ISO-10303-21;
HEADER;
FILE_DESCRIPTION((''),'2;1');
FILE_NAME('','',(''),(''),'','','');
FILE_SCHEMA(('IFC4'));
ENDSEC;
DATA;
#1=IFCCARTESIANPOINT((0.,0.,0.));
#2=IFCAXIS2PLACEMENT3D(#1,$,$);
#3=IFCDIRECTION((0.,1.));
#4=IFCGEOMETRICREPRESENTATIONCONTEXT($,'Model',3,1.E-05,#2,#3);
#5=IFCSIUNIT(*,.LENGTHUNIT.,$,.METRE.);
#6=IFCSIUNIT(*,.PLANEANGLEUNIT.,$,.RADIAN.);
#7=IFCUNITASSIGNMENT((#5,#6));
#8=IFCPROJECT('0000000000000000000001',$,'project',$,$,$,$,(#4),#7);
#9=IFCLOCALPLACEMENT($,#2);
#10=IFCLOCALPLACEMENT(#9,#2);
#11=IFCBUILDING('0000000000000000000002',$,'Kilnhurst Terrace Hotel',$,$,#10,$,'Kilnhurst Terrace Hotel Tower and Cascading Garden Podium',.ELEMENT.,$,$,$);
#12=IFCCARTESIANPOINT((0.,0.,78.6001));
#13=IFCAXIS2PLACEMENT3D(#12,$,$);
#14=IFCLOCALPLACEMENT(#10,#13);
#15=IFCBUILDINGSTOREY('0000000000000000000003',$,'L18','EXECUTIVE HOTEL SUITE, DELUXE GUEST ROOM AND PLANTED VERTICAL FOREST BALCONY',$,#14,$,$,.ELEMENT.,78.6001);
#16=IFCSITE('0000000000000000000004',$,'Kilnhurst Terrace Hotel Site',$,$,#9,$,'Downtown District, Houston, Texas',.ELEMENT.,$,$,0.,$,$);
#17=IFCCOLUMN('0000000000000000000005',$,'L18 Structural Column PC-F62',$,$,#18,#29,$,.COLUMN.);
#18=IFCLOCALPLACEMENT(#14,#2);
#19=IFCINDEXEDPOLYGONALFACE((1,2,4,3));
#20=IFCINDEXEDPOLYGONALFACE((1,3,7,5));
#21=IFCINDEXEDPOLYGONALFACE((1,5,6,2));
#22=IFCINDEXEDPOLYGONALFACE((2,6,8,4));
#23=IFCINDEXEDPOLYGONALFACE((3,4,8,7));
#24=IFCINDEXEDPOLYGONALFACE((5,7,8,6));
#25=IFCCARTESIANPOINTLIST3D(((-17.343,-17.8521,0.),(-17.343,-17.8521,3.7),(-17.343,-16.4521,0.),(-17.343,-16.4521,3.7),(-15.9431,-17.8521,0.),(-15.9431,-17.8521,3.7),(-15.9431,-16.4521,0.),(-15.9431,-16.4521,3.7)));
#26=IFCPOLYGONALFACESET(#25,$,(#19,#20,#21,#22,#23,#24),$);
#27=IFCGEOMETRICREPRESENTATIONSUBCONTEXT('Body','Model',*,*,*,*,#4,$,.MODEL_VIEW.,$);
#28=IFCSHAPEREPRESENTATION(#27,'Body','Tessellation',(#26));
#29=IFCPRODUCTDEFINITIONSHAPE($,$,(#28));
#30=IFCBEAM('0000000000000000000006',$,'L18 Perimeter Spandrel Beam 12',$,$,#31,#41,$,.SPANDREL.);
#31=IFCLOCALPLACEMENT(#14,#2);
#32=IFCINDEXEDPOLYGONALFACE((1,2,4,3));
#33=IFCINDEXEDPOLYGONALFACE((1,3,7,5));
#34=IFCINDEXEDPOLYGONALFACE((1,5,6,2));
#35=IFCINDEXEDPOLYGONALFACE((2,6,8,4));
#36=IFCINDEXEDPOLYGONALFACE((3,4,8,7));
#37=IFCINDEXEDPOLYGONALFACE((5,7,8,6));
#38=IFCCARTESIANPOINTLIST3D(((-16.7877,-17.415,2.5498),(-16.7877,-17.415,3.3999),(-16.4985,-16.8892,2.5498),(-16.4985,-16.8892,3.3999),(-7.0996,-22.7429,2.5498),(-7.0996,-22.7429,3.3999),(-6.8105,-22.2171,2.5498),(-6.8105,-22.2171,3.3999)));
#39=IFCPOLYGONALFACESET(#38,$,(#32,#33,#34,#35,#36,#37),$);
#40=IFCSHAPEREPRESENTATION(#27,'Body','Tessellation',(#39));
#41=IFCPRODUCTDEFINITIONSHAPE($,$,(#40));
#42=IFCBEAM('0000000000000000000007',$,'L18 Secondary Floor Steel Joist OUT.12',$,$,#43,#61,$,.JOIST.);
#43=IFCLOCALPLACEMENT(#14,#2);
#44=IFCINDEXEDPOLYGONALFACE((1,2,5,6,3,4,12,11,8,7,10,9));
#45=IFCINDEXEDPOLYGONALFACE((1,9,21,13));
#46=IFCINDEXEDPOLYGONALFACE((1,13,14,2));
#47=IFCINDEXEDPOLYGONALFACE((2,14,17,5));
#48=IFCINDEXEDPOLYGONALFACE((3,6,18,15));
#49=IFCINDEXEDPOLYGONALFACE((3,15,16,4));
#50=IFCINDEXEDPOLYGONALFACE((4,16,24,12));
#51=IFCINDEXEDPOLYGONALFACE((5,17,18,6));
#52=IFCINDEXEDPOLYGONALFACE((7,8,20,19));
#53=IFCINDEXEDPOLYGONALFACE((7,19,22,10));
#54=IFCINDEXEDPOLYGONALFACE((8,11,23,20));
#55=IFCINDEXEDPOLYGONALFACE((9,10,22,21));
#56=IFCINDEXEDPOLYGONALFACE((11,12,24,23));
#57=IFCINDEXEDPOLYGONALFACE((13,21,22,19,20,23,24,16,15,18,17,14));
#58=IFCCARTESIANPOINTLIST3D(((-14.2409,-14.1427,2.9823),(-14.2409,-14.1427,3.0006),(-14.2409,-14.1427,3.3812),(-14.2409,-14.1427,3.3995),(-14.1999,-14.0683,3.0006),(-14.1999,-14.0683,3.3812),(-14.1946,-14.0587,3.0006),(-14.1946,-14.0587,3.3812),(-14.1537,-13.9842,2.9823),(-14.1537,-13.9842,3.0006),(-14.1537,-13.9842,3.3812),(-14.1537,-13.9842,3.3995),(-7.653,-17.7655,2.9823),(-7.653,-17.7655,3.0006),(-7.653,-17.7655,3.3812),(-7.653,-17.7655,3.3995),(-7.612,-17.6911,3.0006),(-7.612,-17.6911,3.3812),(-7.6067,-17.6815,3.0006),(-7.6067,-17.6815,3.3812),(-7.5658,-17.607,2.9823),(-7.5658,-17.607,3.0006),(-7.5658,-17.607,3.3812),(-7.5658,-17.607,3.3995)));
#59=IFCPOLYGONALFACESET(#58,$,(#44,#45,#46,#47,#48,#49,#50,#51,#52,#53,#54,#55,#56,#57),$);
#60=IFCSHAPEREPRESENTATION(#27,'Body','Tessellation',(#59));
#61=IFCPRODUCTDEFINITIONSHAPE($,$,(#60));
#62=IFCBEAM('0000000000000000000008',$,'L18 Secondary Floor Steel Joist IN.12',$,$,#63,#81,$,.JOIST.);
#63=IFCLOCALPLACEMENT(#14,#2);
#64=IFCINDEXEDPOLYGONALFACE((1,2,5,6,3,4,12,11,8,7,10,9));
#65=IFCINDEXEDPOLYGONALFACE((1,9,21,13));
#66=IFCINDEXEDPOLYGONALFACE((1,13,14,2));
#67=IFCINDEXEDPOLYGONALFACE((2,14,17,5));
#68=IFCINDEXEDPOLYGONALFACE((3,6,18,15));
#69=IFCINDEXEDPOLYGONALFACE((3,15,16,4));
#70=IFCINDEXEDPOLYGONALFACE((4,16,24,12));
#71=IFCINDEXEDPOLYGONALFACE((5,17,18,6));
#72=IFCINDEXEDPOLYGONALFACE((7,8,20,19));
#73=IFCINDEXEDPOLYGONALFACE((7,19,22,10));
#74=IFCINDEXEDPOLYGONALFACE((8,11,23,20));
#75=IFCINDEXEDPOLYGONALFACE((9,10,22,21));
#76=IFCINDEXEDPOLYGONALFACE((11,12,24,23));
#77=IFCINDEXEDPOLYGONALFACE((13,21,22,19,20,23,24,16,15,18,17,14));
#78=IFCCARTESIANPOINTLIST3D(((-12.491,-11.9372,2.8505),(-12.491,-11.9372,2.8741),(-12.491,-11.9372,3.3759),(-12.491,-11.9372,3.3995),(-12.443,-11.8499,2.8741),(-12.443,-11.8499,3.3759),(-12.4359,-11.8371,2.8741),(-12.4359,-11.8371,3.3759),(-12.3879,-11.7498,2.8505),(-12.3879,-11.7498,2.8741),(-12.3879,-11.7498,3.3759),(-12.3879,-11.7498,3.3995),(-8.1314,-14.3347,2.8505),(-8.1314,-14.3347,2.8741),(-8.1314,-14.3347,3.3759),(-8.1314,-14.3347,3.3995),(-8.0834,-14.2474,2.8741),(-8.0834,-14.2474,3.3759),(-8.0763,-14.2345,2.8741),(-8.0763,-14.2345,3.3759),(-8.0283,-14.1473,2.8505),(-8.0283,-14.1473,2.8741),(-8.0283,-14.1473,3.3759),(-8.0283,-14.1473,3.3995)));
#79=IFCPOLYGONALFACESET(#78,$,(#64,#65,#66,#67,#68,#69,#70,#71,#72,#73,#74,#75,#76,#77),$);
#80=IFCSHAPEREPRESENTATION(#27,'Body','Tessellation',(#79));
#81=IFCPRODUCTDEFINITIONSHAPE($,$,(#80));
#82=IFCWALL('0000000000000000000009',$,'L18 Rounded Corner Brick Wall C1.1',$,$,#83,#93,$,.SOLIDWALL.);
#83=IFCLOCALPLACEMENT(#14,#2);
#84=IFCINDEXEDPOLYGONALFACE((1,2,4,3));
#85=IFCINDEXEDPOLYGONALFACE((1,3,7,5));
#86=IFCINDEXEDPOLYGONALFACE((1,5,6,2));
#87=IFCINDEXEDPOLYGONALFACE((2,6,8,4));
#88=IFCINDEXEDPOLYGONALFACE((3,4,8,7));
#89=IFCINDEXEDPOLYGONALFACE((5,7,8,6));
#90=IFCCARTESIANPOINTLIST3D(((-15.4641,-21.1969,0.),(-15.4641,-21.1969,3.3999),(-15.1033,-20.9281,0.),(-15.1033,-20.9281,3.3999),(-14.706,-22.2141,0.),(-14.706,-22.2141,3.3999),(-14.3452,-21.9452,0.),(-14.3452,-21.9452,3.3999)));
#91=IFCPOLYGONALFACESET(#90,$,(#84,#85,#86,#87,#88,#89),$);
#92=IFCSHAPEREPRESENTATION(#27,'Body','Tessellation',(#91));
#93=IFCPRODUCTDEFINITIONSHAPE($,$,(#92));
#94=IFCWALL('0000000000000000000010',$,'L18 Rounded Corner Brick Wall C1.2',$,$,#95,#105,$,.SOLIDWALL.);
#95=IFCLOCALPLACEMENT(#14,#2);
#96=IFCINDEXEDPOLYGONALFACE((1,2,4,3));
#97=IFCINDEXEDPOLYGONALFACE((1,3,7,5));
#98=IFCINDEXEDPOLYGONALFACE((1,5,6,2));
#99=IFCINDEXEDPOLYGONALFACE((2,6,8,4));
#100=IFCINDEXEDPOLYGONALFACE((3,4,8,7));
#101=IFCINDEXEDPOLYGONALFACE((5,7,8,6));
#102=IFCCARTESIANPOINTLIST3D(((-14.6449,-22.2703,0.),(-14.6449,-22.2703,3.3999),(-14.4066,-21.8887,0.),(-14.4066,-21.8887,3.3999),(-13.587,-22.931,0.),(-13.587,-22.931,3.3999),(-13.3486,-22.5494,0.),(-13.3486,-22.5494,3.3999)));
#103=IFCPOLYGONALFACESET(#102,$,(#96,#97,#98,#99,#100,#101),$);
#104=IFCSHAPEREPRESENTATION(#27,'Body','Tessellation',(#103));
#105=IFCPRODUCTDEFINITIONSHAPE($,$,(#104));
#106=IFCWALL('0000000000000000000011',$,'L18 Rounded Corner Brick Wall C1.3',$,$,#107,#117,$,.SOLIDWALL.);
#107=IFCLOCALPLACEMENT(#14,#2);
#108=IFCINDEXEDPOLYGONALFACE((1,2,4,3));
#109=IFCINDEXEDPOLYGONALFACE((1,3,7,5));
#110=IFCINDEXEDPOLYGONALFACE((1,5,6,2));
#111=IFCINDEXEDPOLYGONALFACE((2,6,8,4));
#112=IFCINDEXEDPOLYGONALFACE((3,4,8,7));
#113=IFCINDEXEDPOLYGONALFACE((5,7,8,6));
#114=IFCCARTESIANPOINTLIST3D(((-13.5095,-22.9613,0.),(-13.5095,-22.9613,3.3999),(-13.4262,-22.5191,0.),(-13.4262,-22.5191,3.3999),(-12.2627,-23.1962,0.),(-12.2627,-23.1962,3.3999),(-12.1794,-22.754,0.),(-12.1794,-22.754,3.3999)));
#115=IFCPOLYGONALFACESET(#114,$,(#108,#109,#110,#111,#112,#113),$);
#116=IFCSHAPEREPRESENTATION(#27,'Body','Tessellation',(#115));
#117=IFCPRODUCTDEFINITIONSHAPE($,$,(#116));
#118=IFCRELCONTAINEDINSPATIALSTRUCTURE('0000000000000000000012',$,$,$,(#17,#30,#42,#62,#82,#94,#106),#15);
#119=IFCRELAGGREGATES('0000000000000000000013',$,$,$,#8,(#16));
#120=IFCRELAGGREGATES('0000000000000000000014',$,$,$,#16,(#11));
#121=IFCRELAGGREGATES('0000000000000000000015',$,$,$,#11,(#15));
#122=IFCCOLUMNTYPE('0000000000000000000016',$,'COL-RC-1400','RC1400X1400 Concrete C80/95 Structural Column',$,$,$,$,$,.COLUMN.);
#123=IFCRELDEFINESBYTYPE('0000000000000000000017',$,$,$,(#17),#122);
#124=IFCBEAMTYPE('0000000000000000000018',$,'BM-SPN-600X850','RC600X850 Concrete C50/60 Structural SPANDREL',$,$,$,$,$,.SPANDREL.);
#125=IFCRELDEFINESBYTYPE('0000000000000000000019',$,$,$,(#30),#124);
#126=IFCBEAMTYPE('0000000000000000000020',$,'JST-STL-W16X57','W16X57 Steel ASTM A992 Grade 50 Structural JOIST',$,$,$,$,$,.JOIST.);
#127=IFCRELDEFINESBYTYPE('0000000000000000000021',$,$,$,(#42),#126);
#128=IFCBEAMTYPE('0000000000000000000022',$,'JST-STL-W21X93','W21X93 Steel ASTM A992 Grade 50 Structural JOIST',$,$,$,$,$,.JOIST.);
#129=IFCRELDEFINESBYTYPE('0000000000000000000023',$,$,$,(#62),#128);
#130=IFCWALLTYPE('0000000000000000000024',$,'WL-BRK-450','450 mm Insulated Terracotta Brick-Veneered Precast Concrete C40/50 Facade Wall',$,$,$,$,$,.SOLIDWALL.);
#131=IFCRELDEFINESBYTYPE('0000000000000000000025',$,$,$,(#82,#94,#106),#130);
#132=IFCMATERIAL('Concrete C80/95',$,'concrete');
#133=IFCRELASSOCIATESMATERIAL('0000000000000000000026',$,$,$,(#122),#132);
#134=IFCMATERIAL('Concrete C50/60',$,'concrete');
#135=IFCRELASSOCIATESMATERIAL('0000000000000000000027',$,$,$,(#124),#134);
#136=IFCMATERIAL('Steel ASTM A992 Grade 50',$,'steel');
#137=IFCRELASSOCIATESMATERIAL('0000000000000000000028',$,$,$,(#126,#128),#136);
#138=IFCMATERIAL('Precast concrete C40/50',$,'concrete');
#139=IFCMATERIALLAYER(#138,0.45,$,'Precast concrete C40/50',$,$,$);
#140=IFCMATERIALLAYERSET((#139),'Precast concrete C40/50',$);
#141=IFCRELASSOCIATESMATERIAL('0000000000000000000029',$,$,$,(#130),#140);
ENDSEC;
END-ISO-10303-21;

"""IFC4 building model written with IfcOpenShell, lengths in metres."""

from ifc_helpers import new_model, si_unit, direction, frame, frame_2d, origin, origin_2d, place, context, subcontext, project, spatial, rectangle, i_section, extrude, material, layer, layer_set, material_profile, profile_set, type_object, element, save


model = new_model("IFC4")

# Units and contexts
model_context = context("Model", 3, precision=1e-05, world=origin(), true_north=direction((0.0, 1.0)))
body_context = subcontext(model_context, "Body", "Model", "MODEL_VIEW")
ifc_project = project(units=[si_unit("LENGTHUNIT", "METRE"), si_unit("PLANEANGLEUNIT", "RADIAN")], contexts=[model_context])

# Site, building, storey
site_placement = place(None, origin())
site = spatial("IfcSite", under=ifc_project, at=site_placement, Name="Kilnhurst Terrace Hotel Site", LongName="Downtown District, Houston, Texas", CompositionType="ELEMENT", RefElevation=0.0)
building_placement = place(site_placement, origin())
building = spatial("IfcBuilding", under=site, at=building_placement, Name="Kilnhurst Terrace Hotel", LongName="Kilnhurst Terrace Hotel Tower and Cascading Garden Podium", CompositionType="ELEMENT")
storey_placement = place(building_placement, frame((0.0, 0.0, 78.6001)))
storey = spatial("IfcBuildingStorey", under=building, at=storey_placement, Name="L18", Description="EXECUTIVE HOTEL SUITE, DELUXE GUEST ROOM AND PLANTED VERTICAL FOREST BALCONY", CompositionType="ELEMENT", Elevation=78.6001)

# Column
ifc_material_1 = material(Name="Concrete C80/95", Category="concrete")
ifc_material_profile_1 = material_profile(ifc_material_1, rectangle(XDim=1.3999, YDim=1.3999, at=origin_2d()), Name="RC1400X1400")
ifc_profile_set_1 = profile_set([ifc_material_profile_1], Name="Concrete C80/95")
column_type = type_object("IfcColumnType", Name="COL-RC-1400", Description="RC1400X1400 Concrete C80/95 Structural Column", PredefinedType="COLUMN", material=ifc_profile_set_1)
column_placement = place(storey_placement, frame((-16.6431, -17.1521, 0.0), z_axis=(0.0, 0.0, 1.0), x_axis=(1.0, 0.0, 0.0)))
element("IfcColumn", 1, at=column_placement, inside=storey, type_object=column_type, Name="L18 Structural Column PC-F62", PredefinedType="COLUMN", context=body_context, shape_type="SweptSolid", body=[
    extrude(rectangle(XDim=1.3999, YDim=1.3999, at=origin_2d()), origin(), (0.0, 0.0, 1.0), 3.7),
])

# Beams
ifc_material_2 = material(Name="Concrete C50/60", Category="concrete")
ifc_material_profile_2 = material_profile(ifc_material_2, rectangle(XDim=0.6001, YDim=0.8501, at=origin_2d()), Name="RC600X850")
ifc_profile_set_2 = profile_set([ifc_material_profile_2], Name="Concrete C50/60")
beam_type_1 = type_object("IfcBeamType", Name="BM-SPN-600X850", Description="RC600X850 Concrete C50/60 Structural SPANDREL", PredefinedType="SPANDREL", material=ifc_profile_set_2)
beam_1_placement = place(storey_placement, frame((-16.6431, -17.1521, 2.9749), z_axis=(0.876235, -0.481883, 0.0), x_axis=(0.481883, 0.876235, 0.0)))
element("IfcBeam", 2, at=beam_1_placement, inside=storey, type_object=beam_type_1, Name="L18 Perimeter Spandrel Beam 12", PredefinedType="SPANDREL", context=body_context, shape_type="SweptSolid", body=[
    extrude(rectangle(XDim=0.6001, YDim=0.8501, at=origin_2d()), origin(), (0.0, 0.0, 1.0), 11.0564),
])
ifc_material_3 = material(Name="Steel ASTM A992 Grade 50", Category="steel")
ifc_material_profile_3 = material_profile(ifc_material_3, i_section(OverallWidth=0.1809, OverallDepth=0.4172, WebThickness=0.011, FlangeThickness=0.0183, at=origin_2d()), Name="W16X57")
ifc_profile_set_3 = profile_set([ifc_material_profile_3], Name="Steel ASTM A992 Grade 50")
beam_type_2 = type_object("IfcBeamType", Name="JST-STL-W16X57", Description="W16X57 Steel ASTM A992 Grade 50 Structural JOIST", PredefinedType="JOIST", material=ifc_profile_set_3)
beam_2_placement = place(storey_placement, frame((-14.1973, -14.0635, 3.1909), z_axis=(0.876246, -0.481864, 0.0), x_axis=(0.481864, 0.876246, 0.0)))
element("IfcBeam", 3, at=beam_2_placement, inside=storey, type_object=beam_type_2, Name="L18 Secondary Floor Steel Joist OUT.12", PredefinedType="JOIST", context=body_context, shape_type="SweptSolid", body=[
    extrude(i_section(OverallWidth=0.1809, OverallDepth=0.4172, WebThickness=0.011, FlangeThickness=0.0183, at=origin_2d()), origin(), (0.0, 0.0, 1.0), 7.5183),
])
ifc_material_profile_4 = material_profile(ifc_material_3, i_section(OverallWidth=0.2139, OverallDepth=0.5491, WebThickness=0.0146, FlangeThickness=0.0237, at=origin_2d()), Name="W21X93")
ifc_profile_set_4 = profile_set([ifc_material_profile_4], Name="Steel ASTM A992 Grade 50")
beam_type_3 = type_object("IfcBeamType", Name="JST-STL-W21X93", Description="W21X93 Steel ASTM A992 Grade 50 Structural JOIST", PredefinedType="JOIST", material=ifc_profile_set_4)
beam_3_placement = place(storey_placement, frame((-12.4395, -11.8435, 3.125), z_axis=(0.876244, -0.481868, 0.0), x_axis=(0.481868, 0.876244, 0.0)))
element("IfcBeam", 4, at=beam_3_placement, inside=storey, type_object=beam_type_3, Name="L18 Secondary Floor Steel Joist IN.12", PredefinedType="JOIST", context=body_context, shape_type="SweptSolid", body=[
    extrude(i_section(OverallWidth=0.2139, OverallDepth=0.5491, WebThickness=0.0146, FlangeThickness=0.0237, at=origin_2d()), origin(), (0.0, 0.0, 1.0), 4.9753),
])

# Walls
ifc_material_4 = material(Name="Precast concrete C40/50", Category="concrete")
ifc_layer_1 = layer(ifc_material_4, 0.45, Name="Precast concrete C40/50")
ifc_layer_set_1 = layer_set([ifc_layer_1], Name="Precast concrete C40/50")
wall_type_1 = type_object("IfcWallType", Name="WL-BRK-450", Description="450 mm Insulated Terracotta Brick-Veneered Precast Concrete C40/50 Facade Wall", PredefinedType="SOLIDWALL", material=ifc_layer_set_1)
wall_1_placement = place(storey_placement, frame((-15.2837, -21.0625, 0.0), z_axis=(0.0, 0.0, 1.0), x_axis=(0.597595, -0.801798, 0.0)))
element("IfcWall", 5, at=wall_1_placement, inside=storey, type_object=wall_type_1, Name="L18 Rounded Corner Brick Wall C1.1", PredefinedType="SOLIDWALL", context=body_context, shape_type="SweptSolid", body=[
    extrude(rectangle(XDim=1.2686, YDim=0.45, at=frame_2d((0.6343, 0.0))), origin(), (0.0, 0.0, 1.0), 3.3999),
])
wall_2_placement = place(storey_placement, frame((-14.5256, -22.0796, 0.0), z_axis=(0.0, 0.0, 1.0), x_axis=(0.848185, -0.5297, 0.0)))
element("IfcWall", 6, at=wall_2_placement, inside=storey, type_object=wall_type_1, Name="L18 Rounded Corner Brick Wall C1.2", PredefinedType="SOLIDWALL", context=body_context, shape_type="SweptSolid", body=[
    extrude(rectangle(XDim=1.2473, YDim=0.45, at=frame_2d((0.6235, 0.0))), origin(), (0.0, 0.0, 1.0), 3.3999),
])
wall_3_placement = place(storey_placement, frame((-13.4678, -22.7402, 0.0), z_axis=(0.0, 0.0, 1.0), x_axis=(0.982717, -0.185113, 0.0)))
element("IfcWall", 7, at=wall_3_placement, inside=storey, type_object=wall_type_1, Name="L18 Rounded Corner Brick Wall C1.3", PredefinedType="SOLIDWALL", context=body_context, shape_type="SweptSolid", body=[
    extrude(rectangle(XDim=1.2688, YDim=0.45, at=frame_2d((0.6343, 0.0))), origin(), (0.0, 0.0, 1.0), 3.3999),
])

save(model, "model.ifc")
